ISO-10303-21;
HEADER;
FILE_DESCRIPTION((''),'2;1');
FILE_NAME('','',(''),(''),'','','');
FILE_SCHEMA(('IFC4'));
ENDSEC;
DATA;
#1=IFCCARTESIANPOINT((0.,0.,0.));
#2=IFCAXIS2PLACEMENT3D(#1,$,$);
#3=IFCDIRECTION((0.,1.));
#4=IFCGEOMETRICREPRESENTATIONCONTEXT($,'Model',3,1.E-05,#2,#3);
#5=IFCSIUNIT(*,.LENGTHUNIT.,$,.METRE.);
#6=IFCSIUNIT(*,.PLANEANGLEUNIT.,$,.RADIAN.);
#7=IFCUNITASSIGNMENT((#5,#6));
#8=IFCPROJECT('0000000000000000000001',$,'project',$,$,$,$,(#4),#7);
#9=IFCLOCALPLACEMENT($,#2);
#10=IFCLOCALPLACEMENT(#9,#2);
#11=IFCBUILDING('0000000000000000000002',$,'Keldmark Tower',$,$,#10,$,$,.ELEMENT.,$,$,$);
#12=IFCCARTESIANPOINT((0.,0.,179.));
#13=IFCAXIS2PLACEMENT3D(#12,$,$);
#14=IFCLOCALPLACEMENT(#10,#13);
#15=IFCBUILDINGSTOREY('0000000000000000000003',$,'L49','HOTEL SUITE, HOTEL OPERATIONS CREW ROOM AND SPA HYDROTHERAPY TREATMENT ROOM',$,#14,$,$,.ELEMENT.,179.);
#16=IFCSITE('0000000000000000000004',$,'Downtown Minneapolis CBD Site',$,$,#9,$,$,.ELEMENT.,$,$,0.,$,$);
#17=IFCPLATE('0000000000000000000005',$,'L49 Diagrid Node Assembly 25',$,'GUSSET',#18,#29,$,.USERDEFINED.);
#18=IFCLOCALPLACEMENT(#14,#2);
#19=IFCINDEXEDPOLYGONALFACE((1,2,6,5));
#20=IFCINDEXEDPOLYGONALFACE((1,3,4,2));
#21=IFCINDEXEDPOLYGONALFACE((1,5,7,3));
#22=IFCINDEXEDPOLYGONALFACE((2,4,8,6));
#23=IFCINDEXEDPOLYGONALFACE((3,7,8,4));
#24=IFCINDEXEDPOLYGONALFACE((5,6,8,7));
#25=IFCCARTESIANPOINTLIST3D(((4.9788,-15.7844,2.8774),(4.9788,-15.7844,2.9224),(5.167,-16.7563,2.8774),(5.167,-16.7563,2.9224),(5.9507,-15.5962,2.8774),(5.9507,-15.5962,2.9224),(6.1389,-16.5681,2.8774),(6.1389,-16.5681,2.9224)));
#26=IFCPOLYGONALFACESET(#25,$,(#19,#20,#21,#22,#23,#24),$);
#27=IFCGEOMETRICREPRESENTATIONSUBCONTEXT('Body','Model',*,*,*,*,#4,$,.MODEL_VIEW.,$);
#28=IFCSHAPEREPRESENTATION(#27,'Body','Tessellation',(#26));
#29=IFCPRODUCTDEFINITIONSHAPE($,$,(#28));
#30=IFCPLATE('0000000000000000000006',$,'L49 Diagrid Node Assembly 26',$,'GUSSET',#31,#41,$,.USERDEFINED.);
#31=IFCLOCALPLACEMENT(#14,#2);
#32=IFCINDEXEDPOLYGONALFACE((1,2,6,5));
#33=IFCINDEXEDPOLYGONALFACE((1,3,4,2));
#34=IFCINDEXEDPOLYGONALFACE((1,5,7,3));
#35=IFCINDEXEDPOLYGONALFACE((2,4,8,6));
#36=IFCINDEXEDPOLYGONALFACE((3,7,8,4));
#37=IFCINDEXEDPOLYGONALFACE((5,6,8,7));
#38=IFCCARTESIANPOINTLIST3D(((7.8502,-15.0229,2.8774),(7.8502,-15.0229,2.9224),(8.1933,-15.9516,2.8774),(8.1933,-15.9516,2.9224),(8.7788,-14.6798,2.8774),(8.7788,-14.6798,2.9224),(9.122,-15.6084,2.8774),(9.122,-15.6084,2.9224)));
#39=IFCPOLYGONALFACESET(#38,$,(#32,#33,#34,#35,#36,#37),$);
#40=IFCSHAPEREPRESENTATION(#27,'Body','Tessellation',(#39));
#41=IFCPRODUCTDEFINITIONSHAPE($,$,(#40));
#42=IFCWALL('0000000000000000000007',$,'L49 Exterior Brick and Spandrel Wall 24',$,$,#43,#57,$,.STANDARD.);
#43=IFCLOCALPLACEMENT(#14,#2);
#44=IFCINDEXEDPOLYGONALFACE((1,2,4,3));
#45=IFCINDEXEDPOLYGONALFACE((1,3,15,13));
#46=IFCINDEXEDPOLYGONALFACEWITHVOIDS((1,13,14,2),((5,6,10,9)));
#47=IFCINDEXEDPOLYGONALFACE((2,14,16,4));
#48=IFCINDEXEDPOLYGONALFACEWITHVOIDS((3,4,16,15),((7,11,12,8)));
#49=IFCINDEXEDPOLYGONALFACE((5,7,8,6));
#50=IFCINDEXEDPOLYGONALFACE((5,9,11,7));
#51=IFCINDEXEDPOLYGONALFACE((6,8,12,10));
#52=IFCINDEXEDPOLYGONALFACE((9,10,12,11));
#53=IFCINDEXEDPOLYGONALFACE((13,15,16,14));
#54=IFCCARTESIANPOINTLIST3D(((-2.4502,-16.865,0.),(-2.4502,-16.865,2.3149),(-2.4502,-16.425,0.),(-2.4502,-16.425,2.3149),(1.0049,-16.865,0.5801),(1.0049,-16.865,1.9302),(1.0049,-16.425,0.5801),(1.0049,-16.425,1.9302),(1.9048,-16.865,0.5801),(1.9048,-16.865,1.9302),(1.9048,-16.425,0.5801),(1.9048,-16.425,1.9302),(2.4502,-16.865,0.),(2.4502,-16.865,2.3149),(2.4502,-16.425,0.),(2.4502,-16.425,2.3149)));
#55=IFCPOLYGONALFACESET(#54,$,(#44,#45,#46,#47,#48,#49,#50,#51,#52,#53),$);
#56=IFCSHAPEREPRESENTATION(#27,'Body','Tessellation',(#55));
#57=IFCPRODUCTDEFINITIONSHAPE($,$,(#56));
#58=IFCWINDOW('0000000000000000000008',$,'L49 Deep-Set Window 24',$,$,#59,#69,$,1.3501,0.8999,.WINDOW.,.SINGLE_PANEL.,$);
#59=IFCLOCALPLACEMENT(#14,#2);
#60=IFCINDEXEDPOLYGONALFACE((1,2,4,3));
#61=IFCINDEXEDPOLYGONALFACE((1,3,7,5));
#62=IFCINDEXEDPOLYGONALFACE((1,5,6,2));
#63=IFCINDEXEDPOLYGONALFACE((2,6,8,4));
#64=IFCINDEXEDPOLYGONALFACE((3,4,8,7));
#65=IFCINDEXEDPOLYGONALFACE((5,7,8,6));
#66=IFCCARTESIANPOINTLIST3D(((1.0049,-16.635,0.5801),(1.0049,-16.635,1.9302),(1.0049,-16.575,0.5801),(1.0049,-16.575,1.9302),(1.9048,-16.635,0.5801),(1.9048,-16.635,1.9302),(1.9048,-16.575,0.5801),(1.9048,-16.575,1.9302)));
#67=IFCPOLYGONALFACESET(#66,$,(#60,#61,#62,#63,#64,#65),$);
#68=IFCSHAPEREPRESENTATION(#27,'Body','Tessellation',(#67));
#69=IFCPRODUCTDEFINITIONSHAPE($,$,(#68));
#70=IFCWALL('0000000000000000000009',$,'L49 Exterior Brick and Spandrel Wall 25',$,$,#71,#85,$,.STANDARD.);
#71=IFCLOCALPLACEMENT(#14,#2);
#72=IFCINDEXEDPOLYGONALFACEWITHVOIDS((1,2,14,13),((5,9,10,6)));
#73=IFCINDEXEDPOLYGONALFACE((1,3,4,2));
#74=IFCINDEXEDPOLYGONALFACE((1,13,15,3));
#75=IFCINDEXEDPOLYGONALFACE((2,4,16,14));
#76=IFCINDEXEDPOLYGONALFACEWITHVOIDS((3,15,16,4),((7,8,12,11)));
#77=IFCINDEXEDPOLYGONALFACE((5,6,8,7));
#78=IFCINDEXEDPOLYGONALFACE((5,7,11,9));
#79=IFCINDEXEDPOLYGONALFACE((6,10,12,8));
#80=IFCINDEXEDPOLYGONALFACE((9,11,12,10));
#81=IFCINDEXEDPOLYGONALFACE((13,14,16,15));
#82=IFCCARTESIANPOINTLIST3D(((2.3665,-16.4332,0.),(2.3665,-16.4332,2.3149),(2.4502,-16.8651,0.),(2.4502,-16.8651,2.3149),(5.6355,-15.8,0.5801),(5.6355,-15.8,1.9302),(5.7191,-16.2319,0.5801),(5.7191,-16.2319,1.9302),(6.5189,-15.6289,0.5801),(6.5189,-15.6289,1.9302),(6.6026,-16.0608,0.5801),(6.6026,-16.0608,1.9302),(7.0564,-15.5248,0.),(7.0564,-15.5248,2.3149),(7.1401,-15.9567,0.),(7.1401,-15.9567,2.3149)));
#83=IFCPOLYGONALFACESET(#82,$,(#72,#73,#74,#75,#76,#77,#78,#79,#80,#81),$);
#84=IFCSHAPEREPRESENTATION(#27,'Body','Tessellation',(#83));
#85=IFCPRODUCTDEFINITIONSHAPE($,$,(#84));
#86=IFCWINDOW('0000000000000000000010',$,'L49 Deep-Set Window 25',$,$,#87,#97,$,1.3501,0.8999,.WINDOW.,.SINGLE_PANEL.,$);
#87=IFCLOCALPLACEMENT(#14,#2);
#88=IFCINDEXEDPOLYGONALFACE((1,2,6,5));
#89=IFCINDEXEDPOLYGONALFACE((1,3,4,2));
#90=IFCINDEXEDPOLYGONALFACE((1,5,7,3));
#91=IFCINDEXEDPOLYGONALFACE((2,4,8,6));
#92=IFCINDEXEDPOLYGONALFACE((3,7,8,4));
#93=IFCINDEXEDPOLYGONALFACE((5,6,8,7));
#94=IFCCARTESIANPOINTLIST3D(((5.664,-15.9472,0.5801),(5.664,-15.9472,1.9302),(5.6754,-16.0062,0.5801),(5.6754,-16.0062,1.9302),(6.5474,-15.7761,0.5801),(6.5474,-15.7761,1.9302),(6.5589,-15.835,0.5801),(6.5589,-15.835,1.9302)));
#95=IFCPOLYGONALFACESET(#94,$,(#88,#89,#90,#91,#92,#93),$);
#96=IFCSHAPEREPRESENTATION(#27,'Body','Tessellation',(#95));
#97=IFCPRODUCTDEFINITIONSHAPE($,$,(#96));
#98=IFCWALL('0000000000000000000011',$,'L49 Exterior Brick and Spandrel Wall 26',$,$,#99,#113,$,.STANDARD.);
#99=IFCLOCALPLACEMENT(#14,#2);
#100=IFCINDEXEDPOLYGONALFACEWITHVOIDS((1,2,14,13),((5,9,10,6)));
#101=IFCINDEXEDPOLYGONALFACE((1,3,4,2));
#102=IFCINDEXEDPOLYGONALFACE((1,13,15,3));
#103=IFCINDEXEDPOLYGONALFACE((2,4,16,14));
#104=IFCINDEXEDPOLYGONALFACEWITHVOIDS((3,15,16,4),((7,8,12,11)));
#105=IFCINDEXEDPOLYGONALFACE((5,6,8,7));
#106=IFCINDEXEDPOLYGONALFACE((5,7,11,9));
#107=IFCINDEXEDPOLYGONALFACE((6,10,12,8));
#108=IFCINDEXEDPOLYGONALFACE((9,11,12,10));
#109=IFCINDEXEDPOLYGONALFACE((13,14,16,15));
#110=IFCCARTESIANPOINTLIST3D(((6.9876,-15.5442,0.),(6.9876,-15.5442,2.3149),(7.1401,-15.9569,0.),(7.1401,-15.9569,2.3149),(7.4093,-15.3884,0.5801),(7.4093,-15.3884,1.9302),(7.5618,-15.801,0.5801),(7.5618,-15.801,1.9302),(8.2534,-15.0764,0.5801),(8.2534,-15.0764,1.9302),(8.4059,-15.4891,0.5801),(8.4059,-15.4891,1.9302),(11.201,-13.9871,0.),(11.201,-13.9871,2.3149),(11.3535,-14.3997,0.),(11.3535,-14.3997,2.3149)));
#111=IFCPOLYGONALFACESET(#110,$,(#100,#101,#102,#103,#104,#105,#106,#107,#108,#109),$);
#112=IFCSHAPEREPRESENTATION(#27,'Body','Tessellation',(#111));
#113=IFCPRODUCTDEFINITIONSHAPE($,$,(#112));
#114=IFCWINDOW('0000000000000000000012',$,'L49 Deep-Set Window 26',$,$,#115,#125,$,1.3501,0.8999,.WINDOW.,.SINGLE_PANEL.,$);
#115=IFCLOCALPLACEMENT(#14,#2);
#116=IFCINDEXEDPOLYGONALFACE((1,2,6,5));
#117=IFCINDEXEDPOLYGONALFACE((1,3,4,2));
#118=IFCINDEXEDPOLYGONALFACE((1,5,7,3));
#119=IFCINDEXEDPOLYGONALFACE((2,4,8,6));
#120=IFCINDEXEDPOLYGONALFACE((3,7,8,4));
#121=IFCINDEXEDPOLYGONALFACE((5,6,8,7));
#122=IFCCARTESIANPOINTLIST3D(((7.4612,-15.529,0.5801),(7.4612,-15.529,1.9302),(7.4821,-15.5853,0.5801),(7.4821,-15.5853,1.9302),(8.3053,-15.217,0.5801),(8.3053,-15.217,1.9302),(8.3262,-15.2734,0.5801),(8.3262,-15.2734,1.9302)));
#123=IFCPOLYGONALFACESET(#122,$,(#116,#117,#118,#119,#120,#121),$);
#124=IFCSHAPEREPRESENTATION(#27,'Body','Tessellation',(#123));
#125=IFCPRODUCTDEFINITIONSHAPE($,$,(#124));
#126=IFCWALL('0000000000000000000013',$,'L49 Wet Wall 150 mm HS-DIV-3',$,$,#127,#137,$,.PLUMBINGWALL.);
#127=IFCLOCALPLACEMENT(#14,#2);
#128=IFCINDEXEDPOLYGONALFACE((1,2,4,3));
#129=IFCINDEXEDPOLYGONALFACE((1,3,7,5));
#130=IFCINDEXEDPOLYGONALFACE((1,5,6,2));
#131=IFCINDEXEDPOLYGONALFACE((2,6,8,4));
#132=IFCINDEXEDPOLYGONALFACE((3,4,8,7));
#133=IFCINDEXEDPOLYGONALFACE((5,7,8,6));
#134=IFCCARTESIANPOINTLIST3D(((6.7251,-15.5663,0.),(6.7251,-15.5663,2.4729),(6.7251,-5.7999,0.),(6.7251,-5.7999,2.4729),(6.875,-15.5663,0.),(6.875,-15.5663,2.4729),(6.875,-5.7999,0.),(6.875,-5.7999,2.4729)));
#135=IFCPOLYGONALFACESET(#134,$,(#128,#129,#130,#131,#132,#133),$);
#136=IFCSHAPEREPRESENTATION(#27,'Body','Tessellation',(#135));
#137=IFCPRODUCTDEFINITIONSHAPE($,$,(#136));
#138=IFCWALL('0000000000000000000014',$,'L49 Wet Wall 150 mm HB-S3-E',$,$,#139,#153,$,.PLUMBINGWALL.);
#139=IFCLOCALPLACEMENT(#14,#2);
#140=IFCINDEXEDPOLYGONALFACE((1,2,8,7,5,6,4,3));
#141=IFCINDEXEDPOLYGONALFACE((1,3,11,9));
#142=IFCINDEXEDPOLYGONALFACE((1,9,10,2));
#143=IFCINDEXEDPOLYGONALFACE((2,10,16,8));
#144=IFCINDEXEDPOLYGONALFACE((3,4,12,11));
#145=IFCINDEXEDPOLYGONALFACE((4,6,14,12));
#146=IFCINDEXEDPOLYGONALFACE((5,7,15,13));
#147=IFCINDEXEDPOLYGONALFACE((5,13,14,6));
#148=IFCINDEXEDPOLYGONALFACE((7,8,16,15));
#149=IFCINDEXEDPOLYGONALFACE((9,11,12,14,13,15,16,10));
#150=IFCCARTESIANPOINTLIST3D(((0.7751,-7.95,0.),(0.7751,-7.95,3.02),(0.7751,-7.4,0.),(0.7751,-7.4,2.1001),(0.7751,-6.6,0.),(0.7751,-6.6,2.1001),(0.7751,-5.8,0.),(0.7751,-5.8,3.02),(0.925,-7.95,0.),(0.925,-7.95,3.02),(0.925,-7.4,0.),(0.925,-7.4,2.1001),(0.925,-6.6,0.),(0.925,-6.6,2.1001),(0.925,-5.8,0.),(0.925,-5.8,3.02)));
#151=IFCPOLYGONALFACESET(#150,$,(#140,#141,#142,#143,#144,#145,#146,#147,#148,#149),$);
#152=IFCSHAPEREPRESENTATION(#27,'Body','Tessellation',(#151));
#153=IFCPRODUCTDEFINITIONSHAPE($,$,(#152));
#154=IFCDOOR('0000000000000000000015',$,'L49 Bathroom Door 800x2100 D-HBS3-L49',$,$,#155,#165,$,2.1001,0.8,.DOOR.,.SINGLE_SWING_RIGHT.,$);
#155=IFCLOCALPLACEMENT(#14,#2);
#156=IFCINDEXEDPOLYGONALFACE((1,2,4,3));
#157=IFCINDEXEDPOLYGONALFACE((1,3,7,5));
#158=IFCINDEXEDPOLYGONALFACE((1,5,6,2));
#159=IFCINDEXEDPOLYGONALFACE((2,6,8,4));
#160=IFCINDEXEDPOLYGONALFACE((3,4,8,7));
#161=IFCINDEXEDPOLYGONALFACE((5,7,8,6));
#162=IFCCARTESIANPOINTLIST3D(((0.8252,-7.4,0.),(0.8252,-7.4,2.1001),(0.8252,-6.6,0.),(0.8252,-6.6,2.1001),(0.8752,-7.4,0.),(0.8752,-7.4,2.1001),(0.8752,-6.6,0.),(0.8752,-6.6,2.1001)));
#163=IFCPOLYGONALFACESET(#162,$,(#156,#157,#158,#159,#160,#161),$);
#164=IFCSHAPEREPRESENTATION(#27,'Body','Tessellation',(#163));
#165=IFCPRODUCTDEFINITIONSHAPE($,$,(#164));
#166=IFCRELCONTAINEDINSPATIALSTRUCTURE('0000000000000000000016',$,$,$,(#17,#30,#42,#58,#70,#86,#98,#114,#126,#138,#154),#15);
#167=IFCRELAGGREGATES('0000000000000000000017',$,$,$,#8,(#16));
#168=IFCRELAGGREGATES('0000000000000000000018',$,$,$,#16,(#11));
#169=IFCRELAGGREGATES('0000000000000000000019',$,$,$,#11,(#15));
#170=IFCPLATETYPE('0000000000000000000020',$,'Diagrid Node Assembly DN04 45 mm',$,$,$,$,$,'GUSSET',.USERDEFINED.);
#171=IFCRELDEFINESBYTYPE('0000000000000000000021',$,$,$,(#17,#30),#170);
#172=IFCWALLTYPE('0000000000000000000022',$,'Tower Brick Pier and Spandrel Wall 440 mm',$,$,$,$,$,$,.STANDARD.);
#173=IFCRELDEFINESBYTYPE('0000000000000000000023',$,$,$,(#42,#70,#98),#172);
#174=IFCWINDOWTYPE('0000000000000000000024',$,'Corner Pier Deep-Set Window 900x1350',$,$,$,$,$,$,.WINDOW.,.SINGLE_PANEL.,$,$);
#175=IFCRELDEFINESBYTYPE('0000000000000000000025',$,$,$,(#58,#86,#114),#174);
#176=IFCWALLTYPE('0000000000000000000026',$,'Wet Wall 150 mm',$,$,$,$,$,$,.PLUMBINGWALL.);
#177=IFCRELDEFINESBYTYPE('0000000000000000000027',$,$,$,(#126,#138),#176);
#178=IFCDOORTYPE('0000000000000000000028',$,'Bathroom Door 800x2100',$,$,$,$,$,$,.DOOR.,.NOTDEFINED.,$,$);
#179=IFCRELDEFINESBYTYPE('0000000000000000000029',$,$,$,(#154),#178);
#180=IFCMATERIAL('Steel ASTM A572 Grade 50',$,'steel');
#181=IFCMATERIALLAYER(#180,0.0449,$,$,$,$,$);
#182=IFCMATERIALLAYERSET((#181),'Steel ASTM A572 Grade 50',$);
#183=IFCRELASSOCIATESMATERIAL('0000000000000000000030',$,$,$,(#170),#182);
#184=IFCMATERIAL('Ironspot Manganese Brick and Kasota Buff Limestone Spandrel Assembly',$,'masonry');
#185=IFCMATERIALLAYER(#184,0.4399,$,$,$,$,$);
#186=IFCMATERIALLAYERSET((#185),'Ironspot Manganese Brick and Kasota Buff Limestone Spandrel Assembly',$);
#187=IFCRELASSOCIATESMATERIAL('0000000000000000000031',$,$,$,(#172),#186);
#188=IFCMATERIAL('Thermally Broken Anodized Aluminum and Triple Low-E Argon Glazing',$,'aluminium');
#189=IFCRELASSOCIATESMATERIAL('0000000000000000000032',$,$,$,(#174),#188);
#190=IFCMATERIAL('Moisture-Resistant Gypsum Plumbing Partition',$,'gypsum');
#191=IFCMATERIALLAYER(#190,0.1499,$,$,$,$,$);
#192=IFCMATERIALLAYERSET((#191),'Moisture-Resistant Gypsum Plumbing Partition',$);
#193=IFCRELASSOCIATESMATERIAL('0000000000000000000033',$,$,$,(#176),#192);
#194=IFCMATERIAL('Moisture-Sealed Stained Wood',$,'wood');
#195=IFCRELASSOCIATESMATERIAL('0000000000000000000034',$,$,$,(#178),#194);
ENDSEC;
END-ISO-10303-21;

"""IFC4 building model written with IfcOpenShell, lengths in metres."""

from ifc_helpers import new_model, si_unit, direction, frame, frame_2d, origin, origin_2d, place, context, subcontext, project, spatial, rectangle, extrude, material, layer, layer_set, type_object, element, fill, save


model = new_model("IFC4")

# Units and contexts
model_context = context("Model", 3, precision=1e-05, world=origin(), true_north=direction((0.0, 1.0)))
body_context = subcontext(model_context, "Body", "Model", "MODEL_VIEW")
ifc_project = project(units=[si_unit("LENGTHUNIT", "METRE"), si_unit("PLANEANGLEUNIT", "RADIAN")], contexts=[model_context])

# Site, building, storey
site_placement = place(None, origin())
site = spatial("IfcSite", under=ifc_project, at=site_placement, Name="Downtown Minneapolis CBD Site", CompositionType="ELEMENT", RefElevation=0.0)
building_placement = place(site_placement, origin())
building = spatial("IfcBuilding", under=site, at=building_placement, Name="Keldmark Tower", CompositionType="ELEMENT")
storey_placement = place(building_placement, frame((0.0, 0.0, 179.0)))
storey = spatial("IfcBuildingStorey", under=building, at=storey_placement, Name="L49", Description="HOTEL SUITE, HOTEL OPERATIONS CREW ROOM AND SPA HYDROTHERAPY TREATMENT ROOM", CompositionType="ELEMENT", Elevation=179.0)

# Plates
ifc_material_1 = material(Name="Steel ASTM A572 Grade 50", Category="steel")
ifc_layer_1 = layer(ifc_material_1, 0.0449)
ifc_layer_set_1 = layer_set([ifc_layer_1], Name="Steel ASTM A572 Grade 50")
plate_type = type_object("IfcPlateType", Name="Diagrid Node Assembly DN04 45 mm", ElementType="GUSSET", PredefinedType="USERDEFINED", material=ifc_layer_set_1)
for number, where, z_axis, x_axis, name in (
    (1, (5.5588, -16.1763, 2.8774), (0.0, 0.0, 1.0), (0.98176, 0.190124, 0.0), "L49 Diagrid Node Assembly 25"),
    (2, (8.4861, -15.3157, 2.8774), (0.0, 0.0, 1.0), (0.93801, 0.346608, 0.0), "L49 Diagrid Node Assembly 26"),
):
    element("IfcPlate", number, at=place(storey_placement, frame(where, z_axis=z_axis, x_axis=x_axis)), inside=storey, type_object=plate_type, Name=name, ObjectType="GUSSET", PredefinedType="USERDEFINED", context=body_context, shape_type="SweptSolid", body=[
        extrude(rectangle(XDim=0.99, YDim=0.99, at=origin_2d()), origin(), (0.0, 0.0, 1.0), 0.0449),
    ])

# Walls, openings, windows
ifc_material_2 = material(Name="Ironspot Manganese Brick and Kasota Buff Limestone Spandrel Assembly", Category="masonry")
ifc_layer_2 = layer(ifc_material_2, 0.4399)
ifc_layer_set_2 = layer_set([ifc_layer_2], Name="Ironspot Manganese Brick and Kasota Buff Limestone Spandrel Assembly")
wall_type_1 = type_object("IfcWallType", Name="Tower Brick Pier and Spandrel Wall 440 mm", PredefinedType="STANDARD", material=ifc_layer_set_2)
wall_1_placement = place(storey_placement, frame((2.4502, -16.645, 0.0), z_axis=(0.0, 0.0, 1.0), x_axis=(-1.0, 0.0, 0.0)))
wall_1 = element("IfcWall", 3, at=wall_1_placement, inside=storey, type_object=wall_type_1, Name="L49 Exterior Brick and Spandrel Wall 24", PredefinedType="STANDARD", context=body_context, shape_type="SweptSolid", body=[
    extrude(rectangle(XDim=4.9004, YDim=0.4399, at=frame_2d((2.4502, 0.0))), origin(), (0.0, 0.0, 1.0), 2.3149),
])
opening_1_placement = place(wall_1_placement, frame((0.5454, 0.0, 0.5801)))
opening_1 = element("IfcOpeningElement", 4, at=opening_1_placement, cuts=wall_1, PredefinedType="OPENING", context=body_context, shape_type="SweptSolid", body=[
    extrude(rectangle(XDim=0.8999, YDim=1.3501, at=frame_2d((0.45, 0.675))), frame((0.0, 0.23, 0.0), z_axis=(0.0, -1.0, 0.0), x_axis=(1.0, 0.0, 0.0)), (0.0, 0.0, 1.0), 0.46),
])
ifc_material_3 = material(Name="Thermally Broken Anodized Aluminum and Triple Low-E Argon Glazing", Category="aluminium")
window_type = type_object("IfcWindowType", Name="Corner Pier Deep-Set Window 900x1350", PartitioningType="SINGLE_PANEL", PredefinedType="WINDOW", material=ifc_material_3)
window_1_placement = place(opening_1_placement, origin())
window_1 = element("IfcWindow", 5, at=window_1_placement, inside=storey, type_object=window_type, Name="L49 Deep-Set Window 24", OverallHeight=1.3501, OverallWidth=0.8999, PartitioningType="SINGLE_PANEL", PredefinedType="WINDOW", context=body_context, shape_type="SweptSolid", body=[
    extrude(rectangle(XDim=0.8999, YDim=1.3501, at=frame_2d((0.45, 0.675))), frame((0.0, -0.01, 0.0), z_axis=(0.0, -1.0, 0.0), x_axis=(1.0, 0.0, 0.0)), (0.0, 0.0, 1.0), 0.0601),
])
fill(opening_1, window_1)
wall_2_placement = place(storey_placement, frame((7.0984, -15.7407, 0.0), z_axis=(0.0, 0.0, 1.0), x_axis=(-0.981752, -0.190167, 0.0)))
wall_2 = element("IfcWall", 6, at=wall_2_placement, inside=storey, type_object=wall_type_1, Name="L49 Exterior Brick and Spandrel Wall 25", PredefinedType="STANDARD", context=body_context, shape_type="SweptSolid", body=[
    extrude(rectangle(XDim=4.7771, YDim=0.4399, at=frame_2d((2.3887, 0.0))), origin(), (0.0, 0.0, 1.0), 2.3149),
])
opening_2_placement = place(wall_2_placement, frame((0.5476, 0.0, 0.5801)))
opening_2 = element("IfcOpeningElement", 7, at=opening_2_placement, cuts=wall_2, PredefinedType="OPENING", context=body_context, shape_type="SweptSolid", body=[
    extrude(rectangle(XDim=0.8999, YDim=1.3501, at=frame_2d((0.45, 0.675))), frame((0.0, 0.23, 0.0), z_axis=(0.0, -1.0, 0.0), x_axis=(1.0, 0.0, 0.0)), (0.0, 0.0, 1.0), 0.46),
])
window_2_placement = place(opening_2_placement, origin())
window_2 = element("IfcWindow", 8, at=window_2_placement, inside=storey, type_object=window_type, Name="L49 Deep-Set Window 25", OverallHeight=1.3501, OverallWidth=0.8999, PartitioningType="SINGLE_PANEL", PredefinedType="WINDOW", context=body_context, shape_type="SweptSolid", body=[
    extrude(rectangle(XDim=0.8999, YDim=1.3501, at=frame_2d((0.45, 0.675))), frame((0.0, -0.01, 0.0), z_axis=(0.0, -1.0, 0.0), x_axis=(1.0, 0.0, 0.0)), (0.0, 0.0, 1.0), 0.0601),
])
fill(opening_2, window_2)
wall_3_placement = place(storey_placement, frame((11.2773, -14.1934, 0.0), z_axis=(0.0, 0.0, 1.0), x_axis=(-0.937994, -0.346652, 0.0)))
wall_3 = element("IfcWall", 9, at=wall_3_placement, inside=storey, type_object=wall_type_1, Name="L49 Exterior Brick and Spandrel Wall 26", PredefinedType="STANDARD", context=body_context, shape_type="SweptSolid", body=[
    extrude(rectangle(XDim=4.4919, YDim=0.4399, at=frame_2d((2.2461, 0.0))), origin(), (0.0, 0.0, 1.0), 2.3149),
])
opening_3_placement = place(wall_3_placement, frame((3.1426, 0.0, 0.5801)))
opening_3 = element("IfcOpeningElement", 10, at=opening_3_placement, cuts=wall_3, PredefinedType="OPENING", context=body_context, shape_type="SweptSolid", body=[
    extrude(rectangle(XDim=0.8999, YDim=1.3501, at=frame_2d((0.45, 0.675))), frame((0.0, 0.23, 0.0), z_axis=(0.0, -1.0, 0.0), x_axis=(1.0, 0.0, 0.0)), (0.0, 0.0, 1.0), 0.46),
])
window_3_placement = place(opening_3_placement, origin())
window_3 = element("IfcWindow", 11, at=window_3_placement, inside=storey, type_object=window_type, Name="L49 Deep-Set Window 26", OverallHeight=1.3501, OverallWidth=0.8999, PartitioningType="SINGLE_PANEL", PredefinedType="WINDOW", context=body_context, shape_type="SweptSolid", body=[
    extrude(rectangle(XDim=0.8999, YDim=1.3501, at=frame_2d((0.45, 0.675))), frame((0.0, -0.01, 0.0), z_axis=(0.0, -1.0, 0.0), x_axis=(1.0, 0.0, 0.0)), (0.0, 0.0, 1.0), 0.0601),
])
fill(opening_3, window_3)

# Wall
ifc_material_4 = material(Name="Moisture-Resistant Gypsum Plumbing Partition", Category="gypsum")
ifc_layer_3 = layer(ifc_material_4, 0.1499)
ifc_layer_set_3 = layer_set([ifc_layer_3], Name="Moisture-Resistant Gypsum Plumbing Partition")
wall_type_2 = type_object("IfcWallType", Name="Wet Wall 150 mm", PredefinedType="PLUMBINGWALL", material=ifc_layer_set_3)
wall_4_placement = place(storey_placement, frame((6.8, -15.5664, 0.0), z_axis=(0.0, 0.0, 1.0), x_axis=(0.0, 1.0, 0.0)))
element("IfcWall", 12, at=wall_4_placement, inside=storey, type_object=wall_type_2, Name="L49 Wet Wall 150 mm HS-DIV-3", PredefinedType="PLUMBINGWALL", context=body_context, shape_type="SweptSolid", body=[
    extrude(rectangle(XDim=9.7664, YDim=0.1499, at=frame_2d((4.8833, 0.0))), origin(), (0.0, 0.0, 1.0), 2.4729),
])

# Wall, opening, door
wall_5_placement = place(storey_placement, frame((0.8501, -7.95, 0.0), z_axis=(0.0, 0.0, 1.0), x_axis=(0.0, 1.0, 0.0)))
wall_5 = element("IfcWall", 13, at=wall_5_placement, inside=storey, type_object=wall_type_2, Name="L49 Wet Wall 150 mm HB-S3-E", PredefinedType="PLUMBINGWALL", context=body_context, shape_type="SweptSolid", body=[
    extrude(rectangle(XDim=2.1499, YDim=0.1499, at=frame_2d((1.075, 0.0))), origin(), (0.0, 0.0, 1.0), 3.02),
])
opening_4_placement = place(wall_5_placement, frame((0.55, 0.0, 0.0)))
opening_4 = element("IfcOpeningElement", 14, at=opening_4_placement, cuts=wall_5, PredefinedType="OPENING", context=body_context, shape_type="SweptSolid", body=[
    extrude(rectangle(XDim=0.8, YDim=2.1001, at=frame_2d((0.3999, 1.05))), frame((0.0, 0.085, 0.0), z_axis=(0.0, -1.0, 0.0), x_axis=(1.0, 0.0, 0.0)), (0.0, 0.0, 1.0), 0.1699),
])
ifc_material_5 = material(Name="Moisture-Sealed Stained Wood", Category="wood")
door_type = type_object("IfcDoorType", Name="Bathroom Door 800x2100", OperationType="NOTDEFINED", PredefinedType="DOOR", material=ifc_material_5)
door_1_placement = place(opening_4_placement, origin())
door_1 = element("IfcDoor", 15, at=door_1_placement, inside=storey, type_object=door_type, Name="L49 Bathroom Door 800x2100 D-HBS3-L49", OperationType="SINGLE_SWING_RIGHT", OverallHeight=2.1001, OverallWidth=0.8, PredefinedType="DOOR", context=body_context, shape_type="SweptSolid", body=[
    extrude(rectangle(XDim=0.8, YDim=2.1001, at=frame_2d((0.3999, 1.05))), frame((0.0, 0.0249, 0.0), z_axis=(0.0, -1.0, 0.0), x_axis=(1.0, 0.0, 0.0)), (0.0, 0.0, 1.0), 0.05),
])
fill(opening_4, door_1)

save(model, "model.ifc")
